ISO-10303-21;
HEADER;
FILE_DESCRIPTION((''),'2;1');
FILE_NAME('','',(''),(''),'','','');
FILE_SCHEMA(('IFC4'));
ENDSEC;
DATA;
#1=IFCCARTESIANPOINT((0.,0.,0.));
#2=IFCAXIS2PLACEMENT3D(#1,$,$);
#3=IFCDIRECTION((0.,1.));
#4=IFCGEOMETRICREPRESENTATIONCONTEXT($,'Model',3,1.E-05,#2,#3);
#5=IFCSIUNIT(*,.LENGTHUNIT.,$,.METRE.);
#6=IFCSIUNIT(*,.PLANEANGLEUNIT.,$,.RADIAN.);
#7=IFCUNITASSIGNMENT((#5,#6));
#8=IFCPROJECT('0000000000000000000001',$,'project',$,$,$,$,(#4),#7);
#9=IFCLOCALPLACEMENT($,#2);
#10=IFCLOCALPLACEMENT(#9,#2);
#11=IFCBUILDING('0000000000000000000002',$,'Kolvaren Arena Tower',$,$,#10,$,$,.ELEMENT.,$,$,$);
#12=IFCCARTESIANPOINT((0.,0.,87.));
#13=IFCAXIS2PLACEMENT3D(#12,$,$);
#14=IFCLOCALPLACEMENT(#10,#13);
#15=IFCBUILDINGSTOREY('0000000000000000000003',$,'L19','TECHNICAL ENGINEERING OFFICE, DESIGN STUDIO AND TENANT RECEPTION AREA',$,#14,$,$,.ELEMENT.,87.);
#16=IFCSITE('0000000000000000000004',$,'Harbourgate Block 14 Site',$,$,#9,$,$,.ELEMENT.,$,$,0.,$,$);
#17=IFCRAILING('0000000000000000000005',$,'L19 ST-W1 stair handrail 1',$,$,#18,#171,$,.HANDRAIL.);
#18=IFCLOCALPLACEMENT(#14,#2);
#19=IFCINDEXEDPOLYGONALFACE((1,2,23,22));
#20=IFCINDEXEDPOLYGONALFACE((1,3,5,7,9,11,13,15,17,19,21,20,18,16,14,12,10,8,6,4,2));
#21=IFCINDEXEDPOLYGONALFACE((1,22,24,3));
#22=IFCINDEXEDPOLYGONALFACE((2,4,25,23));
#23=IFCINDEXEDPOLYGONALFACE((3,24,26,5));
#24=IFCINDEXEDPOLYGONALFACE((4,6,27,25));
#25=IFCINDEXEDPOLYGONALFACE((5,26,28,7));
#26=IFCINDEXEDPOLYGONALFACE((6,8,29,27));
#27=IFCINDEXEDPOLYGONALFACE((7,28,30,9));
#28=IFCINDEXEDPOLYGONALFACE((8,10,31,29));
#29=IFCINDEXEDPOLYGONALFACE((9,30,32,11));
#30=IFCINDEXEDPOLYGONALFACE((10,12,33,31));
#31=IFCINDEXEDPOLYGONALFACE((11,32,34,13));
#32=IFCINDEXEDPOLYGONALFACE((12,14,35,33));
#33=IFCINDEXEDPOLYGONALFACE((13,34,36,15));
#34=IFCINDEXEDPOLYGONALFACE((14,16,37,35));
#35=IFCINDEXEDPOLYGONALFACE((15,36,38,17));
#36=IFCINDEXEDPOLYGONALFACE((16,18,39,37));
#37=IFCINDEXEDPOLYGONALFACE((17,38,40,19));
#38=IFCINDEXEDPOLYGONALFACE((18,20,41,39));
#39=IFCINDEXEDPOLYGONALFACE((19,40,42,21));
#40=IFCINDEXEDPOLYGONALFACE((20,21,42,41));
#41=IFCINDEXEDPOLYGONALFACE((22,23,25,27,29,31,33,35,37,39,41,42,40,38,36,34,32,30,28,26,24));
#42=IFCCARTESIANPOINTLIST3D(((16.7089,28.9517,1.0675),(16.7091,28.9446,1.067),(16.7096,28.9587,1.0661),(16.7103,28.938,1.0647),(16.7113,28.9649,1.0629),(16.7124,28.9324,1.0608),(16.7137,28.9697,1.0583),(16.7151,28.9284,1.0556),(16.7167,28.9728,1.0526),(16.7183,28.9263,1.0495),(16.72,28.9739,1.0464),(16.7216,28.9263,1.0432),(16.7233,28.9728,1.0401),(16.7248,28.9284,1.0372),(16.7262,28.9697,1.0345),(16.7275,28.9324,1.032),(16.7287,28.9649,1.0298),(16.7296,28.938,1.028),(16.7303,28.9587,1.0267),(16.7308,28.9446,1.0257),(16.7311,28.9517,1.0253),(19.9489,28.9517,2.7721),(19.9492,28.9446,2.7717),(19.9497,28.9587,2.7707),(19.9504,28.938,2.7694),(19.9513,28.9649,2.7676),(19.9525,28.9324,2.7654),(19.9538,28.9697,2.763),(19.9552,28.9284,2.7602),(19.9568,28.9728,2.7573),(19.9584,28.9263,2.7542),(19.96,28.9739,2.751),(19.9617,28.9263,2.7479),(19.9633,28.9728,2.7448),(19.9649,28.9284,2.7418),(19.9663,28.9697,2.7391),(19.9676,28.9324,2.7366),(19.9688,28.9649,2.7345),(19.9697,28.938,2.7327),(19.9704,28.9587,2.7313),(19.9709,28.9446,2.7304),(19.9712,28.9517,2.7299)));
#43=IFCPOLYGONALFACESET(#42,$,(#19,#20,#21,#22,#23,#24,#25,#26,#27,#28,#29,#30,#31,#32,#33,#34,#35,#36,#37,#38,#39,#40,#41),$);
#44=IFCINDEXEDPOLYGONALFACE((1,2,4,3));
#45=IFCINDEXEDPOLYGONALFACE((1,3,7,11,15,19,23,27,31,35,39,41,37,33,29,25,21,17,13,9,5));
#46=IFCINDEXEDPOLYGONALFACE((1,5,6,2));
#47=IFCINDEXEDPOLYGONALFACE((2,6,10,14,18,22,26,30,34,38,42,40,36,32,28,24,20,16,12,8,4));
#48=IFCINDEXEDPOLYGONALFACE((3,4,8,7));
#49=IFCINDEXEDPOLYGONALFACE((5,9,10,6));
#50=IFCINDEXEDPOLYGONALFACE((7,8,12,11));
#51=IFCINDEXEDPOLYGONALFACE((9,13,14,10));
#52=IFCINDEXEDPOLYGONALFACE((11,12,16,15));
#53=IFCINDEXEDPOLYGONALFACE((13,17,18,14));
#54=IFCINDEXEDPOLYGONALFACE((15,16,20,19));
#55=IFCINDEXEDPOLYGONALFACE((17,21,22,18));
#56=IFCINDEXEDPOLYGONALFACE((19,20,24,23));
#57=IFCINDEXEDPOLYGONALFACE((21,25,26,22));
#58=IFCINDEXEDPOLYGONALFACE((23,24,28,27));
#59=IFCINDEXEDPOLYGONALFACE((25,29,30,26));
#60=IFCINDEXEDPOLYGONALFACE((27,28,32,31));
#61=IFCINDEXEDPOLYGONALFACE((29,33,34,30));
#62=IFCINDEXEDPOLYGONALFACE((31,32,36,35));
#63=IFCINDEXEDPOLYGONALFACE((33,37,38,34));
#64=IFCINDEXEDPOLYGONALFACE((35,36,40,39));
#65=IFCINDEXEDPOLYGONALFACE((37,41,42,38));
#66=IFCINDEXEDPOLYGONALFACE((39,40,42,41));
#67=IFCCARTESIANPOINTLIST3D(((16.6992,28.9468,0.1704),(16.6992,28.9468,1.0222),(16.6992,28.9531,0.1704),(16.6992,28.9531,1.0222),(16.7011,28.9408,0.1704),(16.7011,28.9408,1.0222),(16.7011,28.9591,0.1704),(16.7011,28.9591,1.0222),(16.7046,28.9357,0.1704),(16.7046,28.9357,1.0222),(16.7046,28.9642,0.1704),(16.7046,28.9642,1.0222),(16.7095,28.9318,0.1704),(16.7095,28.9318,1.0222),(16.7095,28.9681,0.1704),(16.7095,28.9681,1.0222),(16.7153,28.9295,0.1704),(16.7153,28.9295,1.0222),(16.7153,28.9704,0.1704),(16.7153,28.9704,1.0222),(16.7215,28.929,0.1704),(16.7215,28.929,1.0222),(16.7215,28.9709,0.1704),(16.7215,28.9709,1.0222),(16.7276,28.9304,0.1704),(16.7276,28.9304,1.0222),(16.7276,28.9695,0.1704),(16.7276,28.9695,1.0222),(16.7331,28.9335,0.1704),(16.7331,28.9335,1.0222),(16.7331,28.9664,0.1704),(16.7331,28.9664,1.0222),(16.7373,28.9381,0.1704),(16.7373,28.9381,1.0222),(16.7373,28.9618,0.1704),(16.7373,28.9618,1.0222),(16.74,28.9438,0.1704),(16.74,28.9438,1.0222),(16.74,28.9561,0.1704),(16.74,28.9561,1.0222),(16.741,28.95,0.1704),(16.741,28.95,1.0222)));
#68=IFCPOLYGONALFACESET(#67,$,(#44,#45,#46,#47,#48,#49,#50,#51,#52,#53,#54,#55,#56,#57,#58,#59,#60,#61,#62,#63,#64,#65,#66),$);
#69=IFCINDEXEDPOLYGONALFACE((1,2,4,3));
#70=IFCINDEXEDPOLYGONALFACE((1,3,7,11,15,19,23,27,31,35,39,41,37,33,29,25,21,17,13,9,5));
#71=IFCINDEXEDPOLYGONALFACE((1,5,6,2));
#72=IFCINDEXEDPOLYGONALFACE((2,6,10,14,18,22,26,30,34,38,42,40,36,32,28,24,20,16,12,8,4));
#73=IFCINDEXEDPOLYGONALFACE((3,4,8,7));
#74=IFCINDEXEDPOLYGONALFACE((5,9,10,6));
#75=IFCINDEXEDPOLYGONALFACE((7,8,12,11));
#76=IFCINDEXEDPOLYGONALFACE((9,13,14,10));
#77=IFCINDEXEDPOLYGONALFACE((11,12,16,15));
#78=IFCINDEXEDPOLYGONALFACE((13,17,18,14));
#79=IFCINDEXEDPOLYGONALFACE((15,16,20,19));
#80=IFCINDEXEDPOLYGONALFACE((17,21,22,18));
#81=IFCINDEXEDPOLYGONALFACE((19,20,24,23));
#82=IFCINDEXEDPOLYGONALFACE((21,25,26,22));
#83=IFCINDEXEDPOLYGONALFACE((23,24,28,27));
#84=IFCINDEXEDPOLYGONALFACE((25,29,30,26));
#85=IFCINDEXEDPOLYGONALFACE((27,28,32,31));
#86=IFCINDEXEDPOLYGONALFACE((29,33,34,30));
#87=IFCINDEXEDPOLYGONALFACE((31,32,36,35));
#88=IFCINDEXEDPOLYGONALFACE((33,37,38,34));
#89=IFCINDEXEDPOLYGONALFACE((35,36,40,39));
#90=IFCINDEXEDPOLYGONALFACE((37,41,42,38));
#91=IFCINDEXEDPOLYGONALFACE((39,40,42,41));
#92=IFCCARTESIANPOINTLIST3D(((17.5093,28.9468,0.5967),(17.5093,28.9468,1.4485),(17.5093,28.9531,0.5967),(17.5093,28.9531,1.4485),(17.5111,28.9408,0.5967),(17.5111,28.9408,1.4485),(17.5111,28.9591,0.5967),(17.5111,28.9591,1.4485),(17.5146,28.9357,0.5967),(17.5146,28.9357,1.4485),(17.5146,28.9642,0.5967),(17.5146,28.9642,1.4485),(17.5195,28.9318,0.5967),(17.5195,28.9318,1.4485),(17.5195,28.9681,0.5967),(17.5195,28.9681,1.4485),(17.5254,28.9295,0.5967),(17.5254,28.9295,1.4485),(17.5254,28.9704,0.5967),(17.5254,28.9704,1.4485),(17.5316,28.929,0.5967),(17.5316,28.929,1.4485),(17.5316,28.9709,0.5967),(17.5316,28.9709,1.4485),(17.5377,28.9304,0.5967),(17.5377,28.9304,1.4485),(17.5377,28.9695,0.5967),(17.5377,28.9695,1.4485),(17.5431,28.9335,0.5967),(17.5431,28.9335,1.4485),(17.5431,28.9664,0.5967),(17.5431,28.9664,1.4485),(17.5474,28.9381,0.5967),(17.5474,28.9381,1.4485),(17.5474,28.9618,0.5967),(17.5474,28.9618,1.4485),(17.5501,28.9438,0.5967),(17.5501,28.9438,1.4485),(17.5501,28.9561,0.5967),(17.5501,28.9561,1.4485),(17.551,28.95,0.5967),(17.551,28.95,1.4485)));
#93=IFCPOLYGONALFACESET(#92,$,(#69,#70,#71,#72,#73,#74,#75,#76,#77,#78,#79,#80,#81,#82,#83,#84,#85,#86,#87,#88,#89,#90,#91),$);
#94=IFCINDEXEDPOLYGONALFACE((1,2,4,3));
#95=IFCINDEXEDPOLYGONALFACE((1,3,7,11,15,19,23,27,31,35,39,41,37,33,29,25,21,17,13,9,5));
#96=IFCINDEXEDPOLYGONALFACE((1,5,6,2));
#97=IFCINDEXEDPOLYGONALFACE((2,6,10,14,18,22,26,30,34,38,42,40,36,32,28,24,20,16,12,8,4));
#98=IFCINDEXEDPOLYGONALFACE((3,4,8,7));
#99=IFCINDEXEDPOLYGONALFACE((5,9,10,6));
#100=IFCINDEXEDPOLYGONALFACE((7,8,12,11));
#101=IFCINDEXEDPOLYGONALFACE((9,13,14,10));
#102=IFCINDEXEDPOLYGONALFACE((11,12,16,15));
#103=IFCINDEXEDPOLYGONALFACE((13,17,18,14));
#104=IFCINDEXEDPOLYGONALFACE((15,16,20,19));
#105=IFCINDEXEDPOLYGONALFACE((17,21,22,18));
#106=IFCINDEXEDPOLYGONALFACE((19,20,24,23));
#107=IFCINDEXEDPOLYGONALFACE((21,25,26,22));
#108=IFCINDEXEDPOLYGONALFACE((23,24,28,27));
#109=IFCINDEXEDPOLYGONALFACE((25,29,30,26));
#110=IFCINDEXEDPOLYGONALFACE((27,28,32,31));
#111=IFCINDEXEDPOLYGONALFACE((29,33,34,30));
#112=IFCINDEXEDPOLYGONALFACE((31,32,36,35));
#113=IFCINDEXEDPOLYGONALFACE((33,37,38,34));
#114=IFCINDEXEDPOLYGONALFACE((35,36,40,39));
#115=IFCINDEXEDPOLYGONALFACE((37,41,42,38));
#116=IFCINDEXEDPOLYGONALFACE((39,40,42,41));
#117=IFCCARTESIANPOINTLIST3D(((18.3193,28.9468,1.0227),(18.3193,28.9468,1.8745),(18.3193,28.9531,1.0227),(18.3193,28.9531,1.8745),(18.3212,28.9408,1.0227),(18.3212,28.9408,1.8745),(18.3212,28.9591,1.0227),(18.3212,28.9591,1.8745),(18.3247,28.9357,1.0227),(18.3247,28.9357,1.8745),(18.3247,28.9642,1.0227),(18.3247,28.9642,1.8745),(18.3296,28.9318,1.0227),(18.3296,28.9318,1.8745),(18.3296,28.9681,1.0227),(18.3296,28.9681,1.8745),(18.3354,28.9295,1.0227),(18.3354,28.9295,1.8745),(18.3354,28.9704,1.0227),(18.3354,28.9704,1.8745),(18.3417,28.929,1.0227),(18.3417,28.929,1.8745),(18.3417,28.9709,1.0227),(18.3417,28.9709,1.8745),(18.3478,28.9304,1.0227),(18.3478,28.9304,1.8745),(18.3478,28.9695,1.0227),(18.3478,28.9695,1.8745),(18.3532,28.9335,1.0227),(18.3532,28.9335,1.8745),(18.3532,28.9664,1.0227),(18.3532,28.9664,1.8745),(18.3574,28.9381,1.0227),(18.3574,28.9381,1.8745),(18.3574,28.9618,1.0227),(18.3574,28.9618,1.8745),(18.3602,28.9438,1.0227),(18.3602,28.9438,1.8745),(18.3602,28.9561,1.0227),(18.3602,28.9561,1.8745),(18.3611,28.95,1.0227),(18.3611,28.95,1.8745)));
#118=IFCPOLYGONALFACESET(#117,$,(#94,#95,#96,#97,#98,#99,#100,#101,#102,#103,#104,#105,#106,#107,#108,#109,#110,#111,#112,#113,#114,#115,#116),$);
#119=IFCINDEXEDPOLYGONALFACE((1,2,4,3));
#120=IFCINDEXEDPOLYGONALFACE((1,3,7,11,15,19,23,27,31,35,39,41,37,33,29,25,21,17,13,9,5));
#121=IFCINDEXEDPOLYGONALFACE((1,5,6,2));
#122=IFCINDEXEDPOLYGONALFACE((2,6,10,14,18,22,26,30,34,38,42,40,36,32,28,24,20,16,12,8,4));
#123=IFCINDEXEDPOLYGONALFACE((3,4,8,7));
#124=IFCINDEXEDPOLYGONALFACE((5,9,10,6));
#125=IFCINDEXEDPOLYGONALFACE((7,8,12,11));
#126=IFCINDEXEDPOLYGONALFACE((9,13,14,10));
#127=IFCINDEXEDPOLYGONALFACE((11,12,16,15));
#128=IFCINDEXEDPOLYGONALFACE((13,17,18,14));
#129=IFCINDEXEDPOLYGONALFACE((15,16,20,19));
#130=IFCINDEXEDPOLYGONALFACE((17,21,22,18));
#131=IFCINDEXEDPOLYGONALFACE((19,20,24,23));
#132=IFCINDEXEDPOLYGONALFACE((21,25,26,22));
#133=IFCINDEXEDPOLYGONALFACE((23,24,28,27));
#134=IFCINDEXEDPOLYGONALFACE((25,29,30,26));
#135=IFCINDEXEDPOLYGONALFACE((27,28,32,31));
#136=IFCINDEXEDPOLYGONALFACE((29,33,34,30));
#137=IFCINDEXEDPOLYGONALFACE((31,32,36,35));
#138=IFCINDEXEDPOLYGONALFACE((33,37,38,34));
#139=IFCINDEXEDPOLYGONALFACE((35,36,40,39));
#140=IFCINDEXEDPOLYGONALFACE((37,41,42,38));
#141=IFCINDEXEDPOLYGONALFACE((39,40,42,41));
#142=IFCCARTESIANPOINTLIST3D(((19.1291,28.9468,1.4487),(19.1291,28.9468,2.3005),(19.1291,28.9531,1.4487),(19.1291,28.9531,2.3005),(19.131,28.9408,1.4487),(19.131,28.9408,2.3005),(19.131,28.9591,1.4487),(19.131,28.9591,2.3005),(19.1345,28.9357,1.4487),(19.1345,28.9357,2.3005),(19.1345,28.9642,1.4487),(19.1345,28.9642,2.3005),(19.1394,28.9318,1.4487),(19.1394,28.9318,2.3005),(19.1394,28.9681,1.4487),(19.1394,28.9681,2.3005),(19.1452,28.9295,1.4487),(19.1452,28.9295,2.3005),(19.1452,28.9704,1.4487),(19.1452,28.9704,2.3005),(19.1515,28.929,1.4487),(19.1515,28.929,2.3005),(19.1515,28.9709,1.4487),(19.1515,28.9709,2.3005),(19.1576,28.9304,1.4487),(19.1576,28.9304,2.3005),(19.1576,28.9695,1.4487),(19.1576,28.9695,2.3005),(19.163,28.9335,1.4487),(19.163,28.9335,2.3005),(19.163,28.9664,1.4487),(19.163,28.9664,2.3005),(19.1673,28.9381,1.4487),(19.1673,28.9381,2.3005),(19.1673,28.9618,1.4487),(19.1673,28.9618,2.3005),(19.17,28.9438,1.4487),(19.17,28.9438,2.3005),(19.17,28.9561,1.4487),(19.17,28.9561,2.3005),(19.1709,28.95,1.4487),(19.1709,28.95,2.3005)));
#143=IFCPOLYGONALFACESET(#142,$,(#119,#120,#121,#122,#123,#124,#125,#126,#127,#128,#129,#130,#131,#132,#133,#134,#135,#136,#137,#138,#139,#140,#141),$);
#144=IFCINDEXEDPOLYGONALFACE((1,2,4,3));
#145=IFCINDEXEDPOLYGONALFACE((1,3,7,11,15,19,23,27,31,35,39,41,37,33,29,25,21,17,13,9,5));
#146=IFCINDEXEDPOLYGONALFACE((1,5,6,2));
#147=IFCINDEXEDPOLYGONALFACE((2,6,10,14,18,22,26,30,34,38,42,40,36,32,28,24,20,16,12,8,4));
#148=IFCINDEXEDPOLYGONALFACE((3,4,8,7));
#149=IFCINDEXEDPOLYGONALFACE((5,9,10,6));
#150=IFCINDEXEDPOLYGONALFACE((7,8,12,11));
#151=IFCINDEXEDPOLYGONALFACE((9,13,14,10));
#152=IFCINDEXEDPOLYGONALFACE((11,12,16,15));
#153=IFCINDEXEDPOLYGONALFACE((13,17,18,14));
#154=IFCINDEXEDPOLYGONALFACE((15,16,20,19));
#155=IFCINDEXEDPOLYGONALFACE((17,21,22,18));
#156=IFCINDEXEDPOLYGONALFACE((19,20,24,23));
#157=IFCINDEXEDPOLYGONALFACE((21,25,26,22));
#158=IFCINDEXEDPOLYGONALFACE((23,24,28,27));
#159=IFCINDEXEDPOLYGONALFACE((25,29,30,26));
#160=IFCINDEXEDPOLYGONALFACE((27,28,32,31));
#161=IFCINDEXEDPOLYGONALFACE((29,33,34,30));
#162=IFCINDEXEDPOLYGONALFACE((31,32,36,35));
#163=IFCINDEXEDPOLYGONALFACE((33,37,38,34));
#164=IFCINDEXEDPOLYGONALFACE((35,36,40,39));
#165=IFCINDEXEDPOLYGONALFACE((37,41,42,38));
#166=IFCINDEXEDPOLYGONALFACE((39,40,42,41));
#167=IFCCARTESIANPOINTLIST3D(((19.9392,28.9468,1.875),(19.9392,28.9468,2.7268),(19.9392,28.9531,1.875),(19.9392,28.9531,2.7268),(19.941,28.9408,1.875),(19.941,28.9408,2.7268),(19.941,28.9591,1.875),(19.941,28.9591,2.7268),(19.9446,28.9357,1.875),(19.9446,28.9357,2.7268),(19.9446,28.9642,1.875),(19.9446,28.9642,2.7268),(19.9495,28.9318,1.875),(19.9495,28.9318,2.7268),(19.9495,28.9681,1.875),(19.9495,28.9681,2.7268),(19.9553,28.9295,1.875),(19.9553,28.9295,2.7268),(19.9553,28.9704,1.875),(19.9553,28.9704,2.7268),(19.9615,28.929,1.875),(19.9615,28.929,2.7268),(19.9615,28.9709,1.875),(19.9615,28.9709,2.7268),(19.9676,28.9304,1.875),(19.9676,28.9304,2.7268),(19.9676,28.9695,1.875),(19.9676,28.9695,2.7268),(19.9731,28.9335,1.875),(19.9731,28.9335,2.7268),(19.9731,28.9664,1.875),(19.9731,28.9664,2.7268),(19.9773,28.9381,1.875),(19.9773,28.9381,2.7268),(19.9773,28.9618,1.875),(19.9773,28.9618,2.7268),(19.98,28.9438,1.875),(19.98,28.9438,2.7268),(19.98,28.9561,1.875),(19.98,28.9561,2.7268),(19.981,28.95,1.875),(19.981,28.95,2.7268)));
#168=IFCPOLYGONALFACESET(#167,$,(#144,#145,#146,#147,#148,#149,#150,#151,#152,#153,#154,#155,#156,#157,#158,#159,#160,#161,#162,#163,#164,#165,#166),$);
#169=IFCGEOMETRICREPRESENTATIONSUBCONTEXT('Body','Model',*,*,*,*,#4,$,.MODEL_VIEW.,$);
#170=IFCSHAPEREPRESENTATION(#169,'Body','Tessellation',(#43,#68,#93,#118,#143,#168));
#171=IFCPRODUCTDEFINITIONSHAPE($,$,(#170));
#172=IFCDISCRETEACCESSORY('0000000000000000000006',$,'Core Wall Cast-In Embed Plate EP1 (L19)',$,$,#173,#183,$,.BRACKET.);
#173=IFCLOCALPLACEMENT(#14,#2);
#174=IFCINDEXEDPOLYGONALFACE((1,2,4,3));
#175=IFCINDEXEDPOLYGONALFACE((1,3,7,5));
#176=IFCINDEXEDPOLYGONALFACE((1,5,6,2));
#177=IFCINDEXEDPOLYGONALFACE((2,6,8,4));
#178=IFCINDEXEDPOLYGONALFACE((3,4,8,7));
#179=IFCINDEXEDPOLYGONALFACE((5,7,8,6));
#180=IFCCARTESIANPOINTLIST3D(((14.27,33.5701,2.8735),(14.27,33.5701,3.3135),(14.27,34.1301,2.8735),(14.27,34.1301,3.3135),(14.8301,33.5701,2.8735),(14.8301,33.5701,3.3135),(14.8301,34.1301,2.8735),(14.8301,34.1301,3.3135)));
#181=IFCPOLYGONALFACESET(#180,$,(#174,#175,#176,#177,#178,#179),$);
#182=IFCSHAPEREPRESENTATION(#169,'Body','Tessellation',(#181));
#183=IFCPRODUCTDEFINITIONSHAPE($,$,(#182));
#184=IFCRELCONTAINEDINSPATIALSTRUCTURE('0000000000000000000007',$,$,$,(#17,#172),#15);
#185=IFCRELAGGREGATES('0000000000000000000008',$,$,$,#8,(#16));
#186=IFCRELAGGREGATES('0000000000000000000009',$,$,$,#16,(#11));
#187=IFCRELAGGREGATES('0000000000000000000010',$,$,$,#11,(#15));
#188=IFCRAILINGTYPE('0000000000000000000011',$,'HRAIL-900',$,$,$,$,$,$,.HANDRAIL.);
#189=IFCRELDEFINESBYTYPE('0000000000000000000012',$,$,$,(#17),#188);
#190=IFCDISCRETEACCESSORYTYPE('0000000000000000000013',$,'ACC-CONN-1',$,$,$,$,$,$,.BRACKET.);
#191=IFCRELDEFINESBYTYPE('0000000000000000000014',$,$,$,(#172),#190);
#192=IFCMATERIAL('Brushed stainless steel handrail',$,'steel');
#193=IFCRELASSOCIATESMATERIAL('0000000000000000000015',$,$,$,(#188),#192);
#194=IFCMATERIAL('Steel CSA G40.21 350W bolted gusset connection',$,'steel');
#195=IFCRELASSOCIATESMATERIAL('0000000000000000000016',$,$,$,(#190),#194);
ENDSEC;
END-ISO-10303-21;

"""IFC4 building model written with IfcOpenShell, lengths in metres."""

from ifc_helpers import new_model, si_unit, direction, frame, origin, origin_2d, place, context, subcontext, project, spatial, rectangle, circle, extrude, material, type_object, element, save


model = new_model("IFC4")

# Units and contexts
model_context = context("Model", 3, precision=1e-05, world=origin(), true_north=direction((0.0, 1.0)))
body_context = subcontext(model_context, "Body", "Model", "MODEL_VIEW")
ifc_project = project(units=[si_unit("LENGTHUNIT", "METRE"), si_unit("PLANEANGLEUNIT", "RADIAN")], contexts=[model_context])

# Site, building, storey
site_placement = place(None, origin())
site = spatial("IfcSite", under=ifc_project, at=site_placement, Name="Harbourgate Block 14 Site", CompositionType="ELEMENT", RefElevation=0.0)
building_placement = place(site_placement, origin())
building = spatial("IfcBuilding", under=site, at=building_placement, Name="Kolvaren Arena Tower", CompositionType="ELEMENT")
storey_placement = place(building_placement, frame((0.0, 0.0, 87.0)))
storey = spatial("IfcBuildingStorey", under=building, at=storey_placement, Name="L19", Description="TECHNICAL ENGINEERING OFFICE, DESIGN STUDIO AND TENANT RECEPTION AREA", CompositionType="ELEMENT", Elevation=87.0)

# Railing
ifc_material_1 = material(Name="Brushed stainless steel handrail", Category="steel")
railing_type_1 = type_object("IfcRailingType", Name="HRAIL-900", PredefinedType="HANDRAIL", material=ifc_material_1)
railing_1_placement = place(storey_placement, frame((16.72, 28.95, 0.1704)))
element("IfcRailing", 1, at=railing_1_placement, inside=storey, type_object=railing_type_1, Name="L19 ST-W1 stair handrail 1", PredefinedType="HANDRAIL", context=body_context, shape_type="SweptSolid", body=[
    extrude(circle(Radius=0.0239, at=origin_2d()), frame((0.0, 0.0, 0.876), z_axis=(0.884993, 0.0, 0.465604), x_axis=(0.0, 1.0, 0.0)), (0.0, 0.0, 1.0), 3.6611),
    extrude(circle(Radius=0.021, at=origin_2d()), origin(), (0.0, 0.0, 1.0), 0.8518),
    extrude(circle(Radius=0.021, at=origin_2d()), frame((0.8101, 0.0, 0.4263)), (0.0, 0.0, 1.0), 0.8518),
    extrude(circle(Radius=0.021, at=origin_2d()), frame((1.6201, 0.0, 0.8523)), (0.0, 0.0, 1.0), 0.8518),
    extrude(circle(Radius=0.021, at=origin_2d()), frame((2.4299, 0.0, 1.2783)), (0.0, 0.0, 1.0), 0.8518),
    extrude(circle(Radius=0.021, at=origin_2d()), frame((3.24, 0.0, 1.7046)), (0.0, 0.0, 1.0), 0.8518),
])

# Discrete accessory
ifc_material_2 = material(Name="Steel CSA G40.21 350W bolted gusset connection", Category="steel")
discrete_accessory_type = type_object("IfcDiscreteAccessoryType", Name="ACC-CONN-1", PredefinedType="BRACKET", material=ifc_material_2)
discrete_accessory_placement = place(storey_placement, frame((14.55, 33.8501, 2.8735), z_axis=(0.0, 0.0, 1.0), x_axis=(1.0, 0.0, 0.0)))
element("IfcDiscreteAccessory", 2, at=discrete_accessory_placement, inside=storey, type_object=discrete_accessory_type, Name="Core Wall Cast-In Embed Plate EP1 (L19)", PredefinedType="BRACKET", context=body_context, shape_type="SweptSolid", body=[
    extrude(rectangle(XDim=0.5601, YDim=0.5601, at=origin_2d()), origin(), (0.0, 0.0, 1.0), 0.4399),
])

save(model, "model.ifc")
